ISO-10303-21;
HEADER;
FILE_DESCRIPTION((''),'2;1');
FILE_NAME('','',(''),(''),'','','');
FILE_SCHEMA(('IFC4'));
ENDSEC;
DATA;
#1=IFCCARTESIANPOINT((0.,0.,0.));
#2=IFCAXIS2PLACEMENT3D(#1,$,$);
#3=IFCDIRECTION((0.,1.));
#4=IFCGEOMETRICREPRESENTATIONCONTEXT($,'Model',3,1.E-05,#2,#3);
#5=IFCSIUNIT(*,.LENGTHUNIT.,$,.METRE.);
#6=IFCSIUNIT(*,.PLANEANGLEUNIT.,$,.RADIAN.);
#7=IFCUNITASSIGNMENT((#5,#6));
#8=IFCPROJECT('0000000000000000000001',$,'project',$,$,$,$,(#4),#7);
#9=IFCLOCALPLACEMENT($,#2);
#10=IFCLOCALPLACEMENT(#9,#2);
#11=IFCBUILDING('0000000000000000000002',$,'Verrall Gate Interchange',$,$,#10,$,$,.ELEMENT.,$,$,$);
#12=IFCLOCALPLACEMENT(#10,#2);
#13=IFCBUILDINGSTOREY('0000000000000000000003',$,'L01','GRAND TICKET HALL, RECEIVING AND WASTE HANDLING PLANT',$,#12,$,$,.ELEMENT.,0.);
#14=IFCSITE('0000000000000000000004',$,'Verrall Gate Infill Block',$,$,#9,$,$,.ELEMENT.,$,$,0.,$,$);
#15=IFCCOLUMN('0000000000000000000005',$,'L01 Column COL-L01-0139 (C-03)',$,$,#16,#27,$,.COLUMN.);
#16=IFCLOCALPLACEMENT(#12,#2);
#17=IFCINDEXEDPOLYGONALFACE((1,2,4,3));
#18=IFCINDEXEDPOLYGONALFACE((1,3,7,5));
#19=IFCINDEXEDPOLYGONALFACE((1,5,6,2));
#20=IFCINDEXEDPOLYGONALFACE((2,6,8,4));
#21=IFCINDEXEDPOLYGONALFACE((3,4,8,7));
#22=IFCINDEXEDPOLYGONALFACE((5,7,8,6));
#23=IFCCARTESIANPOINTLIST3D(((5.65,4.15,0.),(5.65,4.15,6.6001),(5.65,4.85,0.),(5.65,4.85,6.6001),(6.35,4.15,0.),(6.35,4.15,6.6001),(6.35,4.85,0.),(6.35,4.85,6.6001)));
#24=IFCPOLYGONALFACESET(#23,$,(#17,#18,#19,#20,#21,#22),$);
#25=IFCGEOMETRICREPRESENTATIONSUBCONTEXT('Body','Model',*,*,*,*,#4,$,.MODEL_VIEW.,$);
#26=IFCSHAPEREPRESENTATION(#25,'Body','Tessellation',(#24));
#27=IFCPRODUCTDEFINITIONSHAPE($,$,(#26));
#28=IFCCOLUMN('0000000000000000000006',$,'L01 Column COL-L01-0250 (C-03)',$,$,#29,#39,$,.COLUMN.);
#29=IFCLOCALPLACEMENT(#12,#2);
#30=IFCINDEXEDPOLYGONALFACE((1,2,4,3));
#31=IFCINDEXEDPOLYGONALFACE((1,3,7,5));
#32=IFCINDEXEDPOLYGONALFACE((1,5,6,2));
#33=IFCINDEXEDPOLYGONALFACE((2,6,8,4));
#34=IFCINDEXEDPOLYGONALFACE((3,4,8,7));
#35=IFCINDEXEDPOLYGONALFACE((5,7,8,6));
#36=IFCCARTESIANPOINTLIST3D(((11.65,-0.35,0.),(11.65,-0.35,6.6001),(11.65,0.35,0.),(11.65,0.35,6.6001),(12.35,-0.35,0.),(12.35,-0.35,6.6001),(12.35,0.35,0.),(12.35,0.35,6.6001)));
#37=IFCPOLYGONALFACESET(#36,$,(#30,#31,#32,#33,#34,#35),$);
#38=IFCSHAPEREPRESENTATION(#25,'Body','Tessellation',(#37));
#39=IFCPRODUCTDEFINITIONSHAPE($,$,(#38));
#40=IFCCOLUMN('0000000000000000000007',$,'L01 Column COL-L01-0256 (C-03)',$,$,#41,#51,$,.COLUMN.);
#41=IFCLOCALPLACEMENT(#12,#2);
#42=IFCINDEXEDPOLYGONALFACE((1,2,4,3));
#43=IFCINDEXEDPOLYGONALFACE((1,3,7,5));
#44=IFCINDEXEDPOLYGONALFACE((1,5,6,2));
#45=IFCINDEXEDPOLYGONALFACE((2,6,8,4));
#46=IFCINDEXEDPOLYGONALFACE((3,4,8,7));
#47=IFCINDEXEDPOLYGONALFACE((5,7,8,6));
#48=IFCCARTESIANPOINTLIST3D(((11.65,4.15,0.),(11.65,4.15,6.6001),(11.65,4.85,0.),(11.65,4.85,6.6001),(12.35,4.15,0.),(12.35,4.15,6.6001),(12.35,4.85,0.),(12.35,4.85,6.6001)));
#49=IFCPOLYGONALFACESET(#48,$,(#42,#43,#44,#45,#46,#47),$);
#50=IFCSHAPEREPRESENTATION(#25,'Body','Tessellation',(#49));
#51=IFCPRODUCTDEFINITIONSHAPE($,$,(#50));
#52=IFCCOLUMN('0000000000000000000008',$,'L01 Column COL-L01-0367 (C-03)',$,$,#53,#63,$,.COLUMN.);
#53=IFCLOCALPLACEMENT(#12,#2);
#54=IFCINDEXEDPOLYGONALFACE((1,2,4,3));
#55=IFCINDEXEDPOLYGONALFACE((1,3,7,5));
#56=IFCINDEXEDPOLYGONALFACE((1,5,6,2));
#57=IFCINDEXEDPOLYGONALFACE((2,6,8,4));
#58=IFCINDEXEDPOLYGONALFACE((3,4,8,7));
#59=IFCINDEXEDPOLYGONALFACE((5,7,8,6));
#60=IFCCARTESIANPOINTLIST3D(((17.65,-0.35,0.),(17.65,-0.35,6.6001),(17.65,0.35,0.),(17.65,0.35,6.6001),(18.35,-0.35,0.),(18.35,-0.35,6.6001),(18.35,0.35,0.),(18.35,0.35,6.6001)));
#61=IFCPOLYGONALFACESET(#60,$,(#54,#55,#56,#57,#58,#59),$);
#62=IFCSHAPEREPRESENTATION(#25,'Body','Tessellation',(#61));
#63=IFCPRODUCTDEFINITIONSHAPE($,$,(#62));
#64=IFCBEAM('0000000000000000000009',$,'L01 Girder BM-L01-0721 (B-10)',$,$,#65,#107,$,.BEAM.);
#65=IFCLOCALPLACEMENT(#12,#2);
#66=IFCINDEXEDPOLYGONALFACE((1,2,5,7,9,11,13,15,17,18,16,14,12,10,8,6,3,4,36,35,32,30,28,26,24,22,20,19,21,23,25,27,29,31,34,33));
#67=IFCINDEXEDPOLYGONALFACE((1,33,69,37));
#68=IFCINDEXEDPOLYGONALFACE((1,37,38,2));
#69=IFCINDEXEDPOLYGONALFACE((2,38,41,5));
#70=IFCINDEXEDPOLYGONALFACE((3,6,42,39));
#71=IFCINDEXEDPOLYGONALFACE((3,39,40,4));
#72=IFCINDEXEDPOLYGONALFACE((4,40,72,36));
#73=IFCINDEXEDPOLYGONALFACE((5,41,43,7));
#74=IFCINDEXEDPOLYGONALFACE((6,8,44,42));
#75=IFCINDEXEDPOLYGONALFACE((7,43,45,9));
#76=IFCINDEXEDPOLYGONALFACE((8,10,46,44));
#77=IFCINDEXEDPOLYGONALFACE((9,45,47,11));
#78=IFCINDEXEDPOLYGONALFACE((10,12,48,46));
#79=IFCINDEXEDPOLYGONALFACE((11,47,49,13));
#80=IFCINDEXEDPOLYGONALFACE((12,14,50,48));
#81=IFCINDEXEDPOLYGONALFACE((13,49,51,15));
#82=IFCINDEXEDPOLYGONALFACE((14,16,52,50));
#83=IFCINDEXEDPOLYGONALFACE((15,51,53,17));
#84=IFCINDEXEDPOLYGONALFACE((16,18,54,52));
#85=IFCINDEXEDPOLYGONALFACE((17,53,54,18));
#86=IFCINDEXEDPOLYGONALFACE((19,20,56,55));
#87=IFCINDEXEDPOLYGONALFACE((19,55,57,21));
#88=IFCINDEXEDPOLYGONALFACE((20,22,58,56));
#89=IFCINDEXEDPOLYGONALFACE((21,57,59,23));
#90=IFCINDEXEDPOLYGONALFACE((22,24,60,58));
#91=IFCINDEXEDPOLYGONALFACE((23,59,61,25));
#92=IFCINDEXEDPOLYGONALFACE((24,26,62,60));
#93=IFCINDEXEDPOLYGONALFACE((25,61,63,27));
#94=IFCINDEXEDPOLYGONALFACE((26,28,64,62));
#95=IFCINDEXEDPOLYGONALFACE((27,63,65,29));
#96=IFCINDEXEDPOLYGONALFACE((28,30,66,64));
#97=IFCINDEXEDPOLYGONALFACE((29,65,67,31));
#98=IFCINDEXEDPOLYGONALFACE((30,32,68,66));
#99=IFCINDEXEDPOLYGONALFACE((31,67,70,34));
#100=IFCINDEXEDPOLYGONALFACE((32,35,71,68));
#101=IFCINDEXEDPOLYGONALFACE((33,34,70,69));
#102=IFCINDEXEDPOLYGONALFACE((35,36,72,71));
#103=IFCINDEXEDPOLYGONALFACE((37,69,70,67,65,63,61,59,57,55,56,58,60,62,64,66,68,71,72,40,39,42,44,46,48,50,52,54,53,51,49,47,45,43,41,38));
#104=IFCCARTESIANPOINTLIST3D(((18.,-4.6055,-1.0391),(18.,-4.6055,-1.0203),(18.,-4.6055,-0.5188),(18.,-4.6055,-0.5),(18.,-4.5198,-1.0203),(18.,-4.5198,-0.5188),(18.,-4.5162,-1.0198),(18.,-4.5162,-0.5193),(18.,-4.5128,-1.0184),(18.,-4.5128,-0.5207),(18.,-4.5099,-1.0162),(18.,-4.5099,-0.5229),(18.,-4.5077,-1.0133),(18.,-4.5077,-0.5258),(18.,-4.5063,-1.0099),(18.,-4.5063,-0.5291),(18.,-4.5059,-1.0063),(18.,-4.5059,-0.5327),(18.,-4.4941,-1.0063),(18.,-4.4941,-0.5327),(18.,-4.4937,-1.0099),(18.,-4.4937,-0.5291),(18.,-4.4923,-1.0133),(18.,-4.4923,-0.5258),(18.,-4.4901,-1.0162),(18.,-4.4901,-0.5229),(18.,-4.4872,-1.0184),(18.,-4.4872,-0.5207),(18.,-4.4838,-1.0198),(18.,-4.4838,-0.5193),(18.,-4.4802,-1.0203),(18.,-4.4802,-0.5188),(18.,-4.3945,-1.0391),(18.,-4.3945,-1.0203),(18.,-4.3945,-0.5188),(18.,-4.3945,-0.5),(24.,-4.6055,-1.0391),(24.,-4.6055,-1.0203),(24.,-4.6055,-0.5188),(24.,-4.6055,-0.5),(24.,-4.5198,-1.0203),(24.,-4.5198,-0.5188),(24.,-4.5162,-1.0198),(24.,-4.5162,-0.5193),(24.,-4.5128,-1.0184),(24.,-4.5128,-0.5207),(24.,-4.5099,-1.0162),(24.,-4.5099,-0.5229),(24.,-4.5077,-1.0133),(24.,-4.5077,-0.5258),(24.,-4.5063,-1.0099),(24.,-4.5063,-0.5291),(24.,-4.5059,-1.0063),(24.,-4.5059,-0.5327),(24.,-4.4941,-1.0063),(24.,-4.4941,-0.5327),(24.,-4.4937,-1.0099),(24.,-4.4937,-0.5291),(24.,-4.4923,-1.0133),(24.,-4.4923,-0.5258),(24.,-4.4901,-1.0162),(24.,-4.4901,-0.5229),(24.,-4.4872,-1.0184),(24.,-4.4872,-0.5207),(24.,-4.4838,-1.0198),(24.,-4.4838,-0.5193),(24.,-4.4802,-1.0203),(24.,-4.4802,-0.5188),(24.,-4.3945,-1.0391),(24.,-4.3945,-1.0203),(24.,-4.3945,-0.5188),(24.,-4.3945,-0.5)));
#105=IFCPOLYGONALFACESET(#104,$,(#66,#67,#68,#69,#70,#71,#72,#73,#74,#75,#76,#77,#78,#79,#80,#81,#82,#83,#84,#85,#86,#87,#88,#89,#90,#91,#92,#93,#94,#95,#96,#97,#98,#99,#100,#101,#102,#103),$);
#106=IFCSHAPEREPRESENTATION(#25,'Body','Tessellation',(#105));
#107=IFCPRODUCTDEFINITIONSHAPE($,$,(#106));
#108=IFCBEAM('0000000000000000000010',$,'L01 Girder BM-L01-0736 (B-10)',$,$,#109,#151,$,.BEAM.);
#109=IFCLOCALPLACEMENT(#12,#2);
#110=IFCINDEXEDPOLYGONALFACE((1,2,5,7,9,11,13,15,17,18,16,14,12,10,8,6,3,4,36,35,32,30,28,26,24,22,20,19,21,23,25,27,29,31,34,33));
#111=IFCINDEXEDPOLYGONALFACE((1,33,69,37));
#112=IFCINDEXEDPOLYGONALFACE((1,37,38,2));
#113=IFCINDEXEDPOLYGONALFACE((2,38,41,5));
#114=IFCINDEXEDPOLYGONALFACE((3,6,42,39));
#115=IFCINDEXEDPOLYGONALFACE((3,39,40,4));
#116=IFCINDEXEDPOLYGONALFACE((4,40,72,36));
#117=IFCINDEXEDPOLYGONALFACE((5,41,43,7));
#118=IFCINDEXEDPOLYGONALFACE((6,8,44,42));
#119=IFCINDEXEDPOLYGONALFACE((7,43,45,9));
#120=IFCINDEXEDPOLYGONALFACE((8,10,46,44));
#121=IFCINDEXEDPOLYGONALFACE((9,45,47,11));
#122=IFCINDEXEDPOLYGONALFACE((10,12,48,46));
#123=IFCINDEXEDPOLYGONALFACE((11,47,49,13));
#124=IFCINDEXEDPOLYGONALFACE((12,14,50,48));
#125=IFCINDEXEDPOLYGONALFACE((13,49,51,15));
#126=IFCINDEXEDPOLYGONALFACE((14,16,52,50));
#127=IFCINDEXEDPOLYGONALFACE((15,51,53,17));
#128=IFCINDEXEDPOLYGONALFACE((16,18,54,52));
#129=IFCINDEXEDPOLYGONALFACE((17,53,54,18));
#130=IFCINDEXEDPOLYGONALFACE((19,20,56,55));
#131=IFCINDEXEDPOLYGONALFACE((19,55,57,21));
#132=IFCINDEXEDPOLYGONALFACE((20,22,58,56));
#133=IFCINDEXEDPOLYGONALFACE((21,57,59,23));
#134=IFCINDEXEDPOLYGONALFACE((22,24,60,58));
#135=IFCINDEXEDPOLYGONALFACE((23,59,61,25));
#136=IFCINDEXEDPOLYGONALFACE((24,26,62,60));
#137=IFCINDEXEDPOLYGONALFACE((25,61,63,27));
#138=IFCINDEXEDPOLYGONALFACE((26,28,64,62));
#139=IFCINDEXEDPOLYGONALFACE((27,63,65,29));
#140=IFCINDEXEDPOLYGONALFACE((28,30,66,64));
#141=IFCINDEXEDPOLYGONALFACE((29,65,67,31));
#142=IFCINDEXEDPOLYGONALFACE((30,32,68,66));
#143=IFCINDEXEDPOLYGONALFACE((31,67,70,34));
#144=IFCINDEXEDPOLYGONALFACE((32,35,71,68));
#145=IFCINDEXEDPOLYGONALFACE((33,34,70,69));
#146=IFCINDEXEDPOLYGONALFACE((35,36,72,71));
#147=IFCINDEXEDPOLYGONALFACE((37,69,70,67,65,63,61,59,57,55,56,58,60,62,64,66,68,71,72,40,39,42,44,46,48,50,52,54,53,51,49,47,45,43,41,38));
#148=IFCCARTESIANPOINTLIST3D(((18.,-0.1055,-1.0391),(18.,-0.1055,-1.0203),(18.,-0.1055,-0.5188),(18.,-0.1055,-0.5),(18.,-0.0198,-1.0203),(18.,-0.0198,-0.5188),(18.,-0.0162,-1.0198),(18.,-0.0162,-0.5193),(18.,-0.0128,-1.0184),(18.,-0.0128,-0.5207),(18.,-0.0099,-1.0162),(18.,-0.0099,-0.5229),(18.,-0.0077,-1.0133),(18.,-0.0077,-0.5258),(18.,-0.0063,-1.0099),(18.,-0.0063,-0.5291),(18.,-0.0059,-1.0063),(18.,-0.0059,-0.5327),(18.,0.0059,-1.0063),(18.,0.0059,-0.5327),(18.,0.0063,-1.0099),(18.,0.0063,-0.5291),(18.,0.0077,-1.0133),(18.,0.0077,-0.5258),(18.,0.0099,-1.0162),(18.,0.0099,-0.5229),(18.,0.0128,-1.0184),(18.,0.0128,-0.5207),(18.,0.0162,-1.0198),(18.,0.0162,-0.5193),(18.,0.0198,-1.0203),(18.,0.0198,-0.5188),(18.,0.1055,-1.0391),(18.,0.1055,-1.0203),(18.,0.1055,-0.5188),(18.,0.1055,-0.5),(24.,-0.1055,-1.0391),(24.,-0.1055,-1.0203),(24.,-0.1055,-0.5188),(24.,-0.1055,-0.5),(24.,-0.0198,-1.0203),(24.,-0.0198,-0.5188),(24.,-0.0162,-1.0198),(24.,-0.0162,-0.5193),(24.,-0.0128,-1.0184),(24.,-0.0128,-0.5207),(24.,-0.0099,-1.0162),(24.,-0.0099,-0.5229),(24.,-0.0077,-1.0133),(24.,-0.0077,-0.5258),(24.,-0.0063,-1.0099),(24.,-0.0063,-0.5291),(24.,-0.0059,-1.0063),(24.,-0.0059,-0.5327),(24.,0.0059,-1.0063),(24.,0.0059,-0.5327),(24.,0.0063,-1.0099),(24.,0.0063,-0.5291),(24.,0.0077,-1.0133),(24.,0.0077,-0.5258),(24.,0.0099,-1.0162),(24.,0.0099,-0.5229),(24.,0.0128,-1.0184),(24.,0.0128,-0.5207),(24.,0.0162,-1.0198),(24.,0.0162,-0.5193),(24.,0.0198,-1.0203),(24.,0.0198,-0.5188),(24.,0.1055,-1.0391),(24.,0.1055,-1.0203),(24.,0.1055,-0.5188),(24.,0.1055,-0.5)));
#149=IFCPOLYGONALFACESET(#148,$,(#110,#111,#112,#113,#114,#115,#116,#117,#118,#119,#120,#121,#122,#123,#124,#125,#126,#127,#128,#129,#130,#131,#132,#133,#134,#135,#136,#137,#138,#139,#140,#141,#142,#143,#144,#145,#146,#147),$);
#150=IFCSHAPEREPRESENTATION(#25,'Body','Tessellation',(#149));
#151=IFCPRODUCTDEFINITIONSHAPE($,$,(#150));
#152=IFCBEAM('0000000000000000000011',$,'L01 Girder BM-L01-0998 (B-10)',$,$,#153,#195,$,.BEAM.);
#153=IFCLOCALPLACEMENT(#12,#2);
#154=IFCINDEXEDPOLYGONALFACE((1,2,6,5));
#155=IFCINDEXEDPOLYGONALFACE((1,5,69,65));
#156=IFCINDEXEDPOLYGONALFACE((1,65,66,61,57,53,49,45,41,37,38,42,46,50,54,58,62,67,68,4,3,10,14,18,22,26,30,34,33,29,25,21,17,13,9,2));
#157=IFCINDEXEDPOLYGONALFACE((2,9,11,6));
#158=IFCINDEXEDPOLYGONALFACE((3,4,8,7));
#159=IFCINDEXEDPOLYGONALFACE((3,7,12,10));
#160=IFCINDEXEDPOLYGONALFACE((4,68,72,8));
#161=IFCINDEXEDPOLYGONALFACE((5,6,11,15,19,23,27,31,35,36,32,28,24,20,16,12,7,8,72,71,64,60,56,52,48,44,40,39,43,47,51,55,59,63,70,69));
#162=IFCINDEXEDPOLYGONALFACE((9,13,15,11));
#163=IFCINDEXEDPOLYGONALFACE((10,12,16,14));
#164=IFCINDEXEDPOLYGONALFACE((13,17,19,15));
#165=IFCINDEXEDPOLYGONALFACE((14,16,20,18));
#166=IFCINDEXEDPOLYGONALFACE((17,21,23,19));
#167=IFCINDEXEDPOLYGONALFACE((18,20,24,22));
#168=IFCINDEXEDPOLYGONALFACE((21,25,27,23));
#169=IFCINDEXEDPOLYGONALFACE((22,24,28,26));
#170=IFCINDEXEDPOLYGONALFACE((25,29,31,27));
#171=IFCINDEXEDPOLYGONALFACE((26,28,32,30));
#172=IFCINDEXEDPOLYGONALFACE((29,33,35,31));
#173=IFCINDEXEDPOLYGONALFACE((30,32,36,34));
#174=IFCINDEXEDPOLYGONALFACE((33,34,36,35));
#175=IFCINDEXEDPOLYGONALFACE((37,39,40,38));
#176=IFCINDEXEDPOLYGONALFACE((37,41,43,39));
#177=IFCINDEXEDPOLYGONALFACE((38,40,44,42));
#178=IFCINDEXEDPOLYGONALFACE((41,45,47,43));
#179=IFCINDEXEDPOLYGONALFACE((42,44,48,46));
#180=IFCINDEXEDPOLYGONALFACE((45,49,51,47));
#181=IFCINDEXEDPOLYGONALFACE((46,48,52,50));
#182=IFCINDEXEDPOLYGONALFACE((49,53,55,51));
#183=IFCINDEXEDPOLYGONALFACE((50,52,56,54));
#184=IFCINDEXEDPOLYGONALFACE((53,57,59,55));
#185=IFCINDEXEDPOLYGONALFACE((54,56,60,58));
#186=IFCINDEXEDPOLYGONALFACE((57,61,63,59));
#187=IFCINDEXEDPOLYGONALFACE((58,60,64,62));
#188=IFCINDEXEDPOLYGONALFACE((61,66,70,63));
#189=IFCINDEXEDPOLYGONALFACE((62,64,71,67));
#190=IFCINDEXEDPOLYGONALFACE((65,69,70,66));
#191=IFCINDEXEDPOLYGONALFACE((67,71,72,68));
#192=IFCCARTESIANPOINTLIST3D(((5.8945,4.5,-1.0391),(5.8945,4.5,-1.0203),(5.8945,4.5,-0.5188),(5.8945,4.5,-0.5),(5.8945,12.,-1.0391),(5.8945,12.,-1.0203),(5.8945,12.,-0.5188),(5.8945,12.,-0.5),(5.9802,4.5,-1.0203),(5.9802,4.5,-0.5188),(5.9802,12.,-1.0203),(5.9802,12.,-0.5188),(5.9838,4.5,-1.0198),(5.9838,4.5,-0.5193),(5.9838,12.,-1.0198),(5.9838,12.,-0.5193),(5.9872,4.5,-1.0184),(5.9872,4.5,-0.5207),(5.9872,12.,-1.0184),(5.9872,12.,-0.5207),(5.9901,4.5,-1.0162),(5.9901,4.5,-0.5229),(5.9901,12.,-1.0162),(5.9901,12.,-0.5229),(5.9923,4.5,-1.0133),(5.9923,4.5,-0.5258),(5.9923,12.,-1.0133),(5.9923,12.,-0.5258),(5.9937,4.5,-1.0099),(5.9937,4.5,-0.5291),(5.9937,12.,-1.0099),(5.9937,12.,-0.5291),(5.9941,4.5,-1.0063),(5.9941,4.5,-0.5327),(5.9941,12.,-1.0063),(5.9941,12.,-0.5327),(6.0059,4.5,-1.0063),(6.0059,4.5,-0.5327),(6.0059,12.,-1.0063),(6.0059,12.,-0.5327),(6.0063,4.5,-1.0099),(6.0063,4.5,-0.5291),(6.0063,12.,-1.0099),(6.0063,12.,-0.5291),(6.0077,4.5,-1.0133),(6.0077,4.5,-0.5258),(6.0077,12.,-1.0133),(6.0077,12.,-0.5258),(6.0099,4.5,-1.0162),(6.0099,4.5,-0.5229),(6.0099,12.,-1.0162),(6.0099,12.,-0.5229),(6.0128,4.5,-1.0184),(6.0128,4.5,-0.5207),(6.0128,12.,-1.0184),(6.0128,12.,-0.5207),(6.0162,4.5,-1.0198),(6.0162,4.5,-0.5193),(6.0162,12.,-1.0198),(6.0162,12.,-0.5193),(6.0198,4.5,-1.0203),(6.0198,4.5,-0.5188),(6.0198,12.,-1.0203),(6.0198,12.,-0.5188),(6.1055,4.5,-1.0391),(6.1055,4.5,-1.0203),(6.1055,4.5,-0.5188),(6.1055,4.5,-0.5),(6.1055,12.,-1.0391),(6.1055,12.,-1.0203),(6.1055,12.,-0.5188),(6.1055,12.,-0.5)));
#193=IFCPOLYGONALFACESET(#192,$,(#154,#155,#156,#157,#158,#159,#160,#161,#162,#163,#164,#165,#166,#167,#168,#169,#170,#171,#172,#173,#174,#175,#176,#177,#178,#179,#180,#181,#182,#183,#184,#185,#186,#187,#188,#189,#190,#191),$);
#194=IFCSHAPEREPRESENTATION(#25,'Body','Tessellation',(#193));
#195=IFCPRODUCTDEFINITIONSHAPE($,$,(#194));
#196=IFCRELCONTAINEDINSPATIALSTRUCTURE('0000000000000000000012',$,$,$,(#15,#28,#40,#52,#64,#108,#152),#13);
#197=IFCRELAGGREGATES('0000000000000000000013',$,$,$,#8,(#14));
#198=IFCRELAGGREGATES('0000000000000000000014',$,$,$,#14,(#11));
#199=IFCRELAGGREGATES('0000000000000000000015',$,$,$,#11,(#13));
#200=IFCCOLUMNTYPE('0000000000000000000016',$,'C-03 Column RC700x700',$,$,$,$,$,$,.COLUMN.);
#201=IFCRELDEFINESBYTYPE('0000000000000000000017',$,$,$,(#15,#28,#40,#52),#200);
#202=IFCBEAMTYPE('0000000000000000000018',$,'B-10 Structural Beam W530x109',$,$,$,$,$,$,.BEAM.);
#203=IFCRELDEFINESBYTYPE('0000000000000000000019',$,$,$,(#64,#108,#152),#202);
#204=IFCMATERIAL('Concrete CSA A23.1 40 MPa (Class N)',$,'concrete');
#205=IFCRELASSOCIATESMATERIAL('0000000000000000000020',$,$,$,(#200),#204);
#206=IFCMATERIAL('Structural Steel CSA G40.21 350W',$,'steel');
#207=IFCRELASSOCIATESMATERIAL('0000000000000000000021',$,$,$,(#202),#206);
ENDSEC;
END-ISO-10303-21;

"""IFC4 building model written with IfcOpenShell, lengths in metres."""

from ifc_helpers import new_model, si_unit, direction, frame, origin, origin_2d, place, context, subcontext, project, spatial, rectangle, i_section, extrude, material, material_profile, profile_set, type_object, element, save


model = new_model("IFC4")

# Units and contexts
model_context = context("Model", 3, precision=1e-05, world=origin(), true_north=direction((0.0, 1.0)))
body_context = subcontext(model_context, "Body", "Model", "MODEL_VIEW")
ifc_project = project(units=[si_unit("LENGTHUNIT", "METRE"), si_unit("PLANEANGLEUNIT", "RADIAN")], contexts=[model_context])

# Site, building, storey
site_placement = place(None, origin())
site = spatial("IfcSite", under=ifc_project, at=site_placement, Name="Verrall Gate Infill Block", CompositionType="ELEMENT", RefElevation=0.0)
building_placement = place(site_placement, origin())
building = spatial("IfcBuilding", under=site, at=building_placement, Name="Verrall Gate Interchange", CompositionType="ELEMENT")
storey_placement = place(building_placement, origin())
storey = spatial("IfcBuildingStorey", under=building, at=storey_placement, Name="L01", Description="GRAND TICKET HALL, RECEIVING AND WASTE HANDLING PLANT", CompositionType="ELEMENT", Elevation=0.0)

# Columns
ifc_material_1 = material(Name="Concrete CSA A23.1 40 MPa (Class N)", Category="concrete")
ifc_material_profile_1 = material_profile(ifc_material_1, rectangle(XDim=0.7, YDim=0.7, at=origin_2d()), Name="RC700x700")
ifc_profile_set_1 = profile_set([ifc_material_profile_1], Name="Concrete CSA A23.1 40 MPa (Class N)")
column_type = type_object("IfcColumnType", Name="C-03 Column RC700x700", PredefinedType="COLUMN", material=ifc_profile_set_1)
for number, where, z_axis, x_axis, name in (
    (1, (6.0, 4.5, 0.0), (0.0, 0.0, 1.0), (1.0, 0.0, 0.0), "L01 Column COL-L01-0139 (C-03)"),
    (2, (12.0, 0.0, 0.0), (0.0, 0.0, 1.0), (1.0, 0.0, 0.0), "L01 Column COL-L01-0250 (C-03)"),
    (3, (12.0, 4.5, 0.0), (0.0, 0.0, 1.0), (1.0, 0.0, 0.0), "L01 Column COL-L01-0256 (C-03)"),
    (4, (18.0, 0.0, 0.0), (0.0, 0.0, 1.0), (1.0, 0.0, 0.0), "L01 Column COL-L01-0367 (C-03)"),
):
    element("IfcColumn", number, at=place(storey_placement, frame(where, z_axis=z_axis, x_axis=x_axis)), inside=storey, type_object=column_type, Name=name, PredefinedType="COLUMN", context=body_context, shape_type="SweptSolid", body=[
        extrude(rectangle(XDim=0.7, YDim=0.7, at=origin_2d()), origin(), (0.0, 0.0, 1.0), 6.6001),
    ])

# Beams
ifc_material_2 = material(Name="Structural Steel CSA G40.21 350W", Category="steel")
ifc_material_profile_2 = material_profile(ifc_material_2, i_section(OverallWidth=0.2109, OverallDepth=0.5391, WebThickness=0.0117, FlangeThickness=0.0188, FilletRadius=0.0139, at=origin_2d()), Name="W530x109")
ifc_profile_set_2 = profile_set([ifc_material_profile_2], Name="Structural Steel CSA G40.21 350W")
beam_type_1 = type_object("IfcBeamType", Name="B-10 Structural Beam W530x109", PredefinedType="BEAM", material=ifc_profile_set_2)
for number, where, z_axis, x_axis, name in (
    (5, (18.0, -4.5, -0.7695), (1.0, 0.0, 0.0), (0.0, 1.0, 0.0), "L01 Girder BM-L01-0721 (B-10)"),
    (6, (18.0, 0.0, -0.7695), (1.0, 0.0, 0.0), (0.0, 1.0, 0.0), "L01 Girder BM-L01-0736 (B-10)"),
):
    element("IfcBeam", number, at=place(storey_placement, frame(where, z_axis=z_axis, x_axis=x_axis)), inside=storey, type_object=beam_type_1, Name=name, PredefinedType="BEAM", context=body_context, shape_type="SweptSolid", body=[
        extrude(i_section(OverallWidth=0.2109, OverallDepth=0.5391, WebThickness=0.0117, FlangeThickness=0.0188, FilletRadius=0.0139, at=origin_2d()), origin(), (0.0, 0.0, 1.0), 6.0),
    ])
beam_1_placement = place(storey_placement, frame((6.0, 4.5, -0.7695), z_axis=(0.0, 1.0, 0.0), x_axis=(-1.0, 0.0, 0.0)))
element("IfcBeam", 7, at=beam_1_placement, inside=storey, type_object=beam_type_1, Name="L01 Girder BM-L01-0998 (B-10)", PredefinedType="BEAM", context=body_context, shape_type="SweptSolid", body=[
    extrude(i_section(OverallWidth=0.2109, OverallDepth=0.5391, WebThickness=0.0117, FlangeThickness=0.0188, FilletRadius=0.0139, at=origin_2d()), origin(), (0.0, 0.0, 1.0), 7.5),
])

save(model, "model.ifc")
